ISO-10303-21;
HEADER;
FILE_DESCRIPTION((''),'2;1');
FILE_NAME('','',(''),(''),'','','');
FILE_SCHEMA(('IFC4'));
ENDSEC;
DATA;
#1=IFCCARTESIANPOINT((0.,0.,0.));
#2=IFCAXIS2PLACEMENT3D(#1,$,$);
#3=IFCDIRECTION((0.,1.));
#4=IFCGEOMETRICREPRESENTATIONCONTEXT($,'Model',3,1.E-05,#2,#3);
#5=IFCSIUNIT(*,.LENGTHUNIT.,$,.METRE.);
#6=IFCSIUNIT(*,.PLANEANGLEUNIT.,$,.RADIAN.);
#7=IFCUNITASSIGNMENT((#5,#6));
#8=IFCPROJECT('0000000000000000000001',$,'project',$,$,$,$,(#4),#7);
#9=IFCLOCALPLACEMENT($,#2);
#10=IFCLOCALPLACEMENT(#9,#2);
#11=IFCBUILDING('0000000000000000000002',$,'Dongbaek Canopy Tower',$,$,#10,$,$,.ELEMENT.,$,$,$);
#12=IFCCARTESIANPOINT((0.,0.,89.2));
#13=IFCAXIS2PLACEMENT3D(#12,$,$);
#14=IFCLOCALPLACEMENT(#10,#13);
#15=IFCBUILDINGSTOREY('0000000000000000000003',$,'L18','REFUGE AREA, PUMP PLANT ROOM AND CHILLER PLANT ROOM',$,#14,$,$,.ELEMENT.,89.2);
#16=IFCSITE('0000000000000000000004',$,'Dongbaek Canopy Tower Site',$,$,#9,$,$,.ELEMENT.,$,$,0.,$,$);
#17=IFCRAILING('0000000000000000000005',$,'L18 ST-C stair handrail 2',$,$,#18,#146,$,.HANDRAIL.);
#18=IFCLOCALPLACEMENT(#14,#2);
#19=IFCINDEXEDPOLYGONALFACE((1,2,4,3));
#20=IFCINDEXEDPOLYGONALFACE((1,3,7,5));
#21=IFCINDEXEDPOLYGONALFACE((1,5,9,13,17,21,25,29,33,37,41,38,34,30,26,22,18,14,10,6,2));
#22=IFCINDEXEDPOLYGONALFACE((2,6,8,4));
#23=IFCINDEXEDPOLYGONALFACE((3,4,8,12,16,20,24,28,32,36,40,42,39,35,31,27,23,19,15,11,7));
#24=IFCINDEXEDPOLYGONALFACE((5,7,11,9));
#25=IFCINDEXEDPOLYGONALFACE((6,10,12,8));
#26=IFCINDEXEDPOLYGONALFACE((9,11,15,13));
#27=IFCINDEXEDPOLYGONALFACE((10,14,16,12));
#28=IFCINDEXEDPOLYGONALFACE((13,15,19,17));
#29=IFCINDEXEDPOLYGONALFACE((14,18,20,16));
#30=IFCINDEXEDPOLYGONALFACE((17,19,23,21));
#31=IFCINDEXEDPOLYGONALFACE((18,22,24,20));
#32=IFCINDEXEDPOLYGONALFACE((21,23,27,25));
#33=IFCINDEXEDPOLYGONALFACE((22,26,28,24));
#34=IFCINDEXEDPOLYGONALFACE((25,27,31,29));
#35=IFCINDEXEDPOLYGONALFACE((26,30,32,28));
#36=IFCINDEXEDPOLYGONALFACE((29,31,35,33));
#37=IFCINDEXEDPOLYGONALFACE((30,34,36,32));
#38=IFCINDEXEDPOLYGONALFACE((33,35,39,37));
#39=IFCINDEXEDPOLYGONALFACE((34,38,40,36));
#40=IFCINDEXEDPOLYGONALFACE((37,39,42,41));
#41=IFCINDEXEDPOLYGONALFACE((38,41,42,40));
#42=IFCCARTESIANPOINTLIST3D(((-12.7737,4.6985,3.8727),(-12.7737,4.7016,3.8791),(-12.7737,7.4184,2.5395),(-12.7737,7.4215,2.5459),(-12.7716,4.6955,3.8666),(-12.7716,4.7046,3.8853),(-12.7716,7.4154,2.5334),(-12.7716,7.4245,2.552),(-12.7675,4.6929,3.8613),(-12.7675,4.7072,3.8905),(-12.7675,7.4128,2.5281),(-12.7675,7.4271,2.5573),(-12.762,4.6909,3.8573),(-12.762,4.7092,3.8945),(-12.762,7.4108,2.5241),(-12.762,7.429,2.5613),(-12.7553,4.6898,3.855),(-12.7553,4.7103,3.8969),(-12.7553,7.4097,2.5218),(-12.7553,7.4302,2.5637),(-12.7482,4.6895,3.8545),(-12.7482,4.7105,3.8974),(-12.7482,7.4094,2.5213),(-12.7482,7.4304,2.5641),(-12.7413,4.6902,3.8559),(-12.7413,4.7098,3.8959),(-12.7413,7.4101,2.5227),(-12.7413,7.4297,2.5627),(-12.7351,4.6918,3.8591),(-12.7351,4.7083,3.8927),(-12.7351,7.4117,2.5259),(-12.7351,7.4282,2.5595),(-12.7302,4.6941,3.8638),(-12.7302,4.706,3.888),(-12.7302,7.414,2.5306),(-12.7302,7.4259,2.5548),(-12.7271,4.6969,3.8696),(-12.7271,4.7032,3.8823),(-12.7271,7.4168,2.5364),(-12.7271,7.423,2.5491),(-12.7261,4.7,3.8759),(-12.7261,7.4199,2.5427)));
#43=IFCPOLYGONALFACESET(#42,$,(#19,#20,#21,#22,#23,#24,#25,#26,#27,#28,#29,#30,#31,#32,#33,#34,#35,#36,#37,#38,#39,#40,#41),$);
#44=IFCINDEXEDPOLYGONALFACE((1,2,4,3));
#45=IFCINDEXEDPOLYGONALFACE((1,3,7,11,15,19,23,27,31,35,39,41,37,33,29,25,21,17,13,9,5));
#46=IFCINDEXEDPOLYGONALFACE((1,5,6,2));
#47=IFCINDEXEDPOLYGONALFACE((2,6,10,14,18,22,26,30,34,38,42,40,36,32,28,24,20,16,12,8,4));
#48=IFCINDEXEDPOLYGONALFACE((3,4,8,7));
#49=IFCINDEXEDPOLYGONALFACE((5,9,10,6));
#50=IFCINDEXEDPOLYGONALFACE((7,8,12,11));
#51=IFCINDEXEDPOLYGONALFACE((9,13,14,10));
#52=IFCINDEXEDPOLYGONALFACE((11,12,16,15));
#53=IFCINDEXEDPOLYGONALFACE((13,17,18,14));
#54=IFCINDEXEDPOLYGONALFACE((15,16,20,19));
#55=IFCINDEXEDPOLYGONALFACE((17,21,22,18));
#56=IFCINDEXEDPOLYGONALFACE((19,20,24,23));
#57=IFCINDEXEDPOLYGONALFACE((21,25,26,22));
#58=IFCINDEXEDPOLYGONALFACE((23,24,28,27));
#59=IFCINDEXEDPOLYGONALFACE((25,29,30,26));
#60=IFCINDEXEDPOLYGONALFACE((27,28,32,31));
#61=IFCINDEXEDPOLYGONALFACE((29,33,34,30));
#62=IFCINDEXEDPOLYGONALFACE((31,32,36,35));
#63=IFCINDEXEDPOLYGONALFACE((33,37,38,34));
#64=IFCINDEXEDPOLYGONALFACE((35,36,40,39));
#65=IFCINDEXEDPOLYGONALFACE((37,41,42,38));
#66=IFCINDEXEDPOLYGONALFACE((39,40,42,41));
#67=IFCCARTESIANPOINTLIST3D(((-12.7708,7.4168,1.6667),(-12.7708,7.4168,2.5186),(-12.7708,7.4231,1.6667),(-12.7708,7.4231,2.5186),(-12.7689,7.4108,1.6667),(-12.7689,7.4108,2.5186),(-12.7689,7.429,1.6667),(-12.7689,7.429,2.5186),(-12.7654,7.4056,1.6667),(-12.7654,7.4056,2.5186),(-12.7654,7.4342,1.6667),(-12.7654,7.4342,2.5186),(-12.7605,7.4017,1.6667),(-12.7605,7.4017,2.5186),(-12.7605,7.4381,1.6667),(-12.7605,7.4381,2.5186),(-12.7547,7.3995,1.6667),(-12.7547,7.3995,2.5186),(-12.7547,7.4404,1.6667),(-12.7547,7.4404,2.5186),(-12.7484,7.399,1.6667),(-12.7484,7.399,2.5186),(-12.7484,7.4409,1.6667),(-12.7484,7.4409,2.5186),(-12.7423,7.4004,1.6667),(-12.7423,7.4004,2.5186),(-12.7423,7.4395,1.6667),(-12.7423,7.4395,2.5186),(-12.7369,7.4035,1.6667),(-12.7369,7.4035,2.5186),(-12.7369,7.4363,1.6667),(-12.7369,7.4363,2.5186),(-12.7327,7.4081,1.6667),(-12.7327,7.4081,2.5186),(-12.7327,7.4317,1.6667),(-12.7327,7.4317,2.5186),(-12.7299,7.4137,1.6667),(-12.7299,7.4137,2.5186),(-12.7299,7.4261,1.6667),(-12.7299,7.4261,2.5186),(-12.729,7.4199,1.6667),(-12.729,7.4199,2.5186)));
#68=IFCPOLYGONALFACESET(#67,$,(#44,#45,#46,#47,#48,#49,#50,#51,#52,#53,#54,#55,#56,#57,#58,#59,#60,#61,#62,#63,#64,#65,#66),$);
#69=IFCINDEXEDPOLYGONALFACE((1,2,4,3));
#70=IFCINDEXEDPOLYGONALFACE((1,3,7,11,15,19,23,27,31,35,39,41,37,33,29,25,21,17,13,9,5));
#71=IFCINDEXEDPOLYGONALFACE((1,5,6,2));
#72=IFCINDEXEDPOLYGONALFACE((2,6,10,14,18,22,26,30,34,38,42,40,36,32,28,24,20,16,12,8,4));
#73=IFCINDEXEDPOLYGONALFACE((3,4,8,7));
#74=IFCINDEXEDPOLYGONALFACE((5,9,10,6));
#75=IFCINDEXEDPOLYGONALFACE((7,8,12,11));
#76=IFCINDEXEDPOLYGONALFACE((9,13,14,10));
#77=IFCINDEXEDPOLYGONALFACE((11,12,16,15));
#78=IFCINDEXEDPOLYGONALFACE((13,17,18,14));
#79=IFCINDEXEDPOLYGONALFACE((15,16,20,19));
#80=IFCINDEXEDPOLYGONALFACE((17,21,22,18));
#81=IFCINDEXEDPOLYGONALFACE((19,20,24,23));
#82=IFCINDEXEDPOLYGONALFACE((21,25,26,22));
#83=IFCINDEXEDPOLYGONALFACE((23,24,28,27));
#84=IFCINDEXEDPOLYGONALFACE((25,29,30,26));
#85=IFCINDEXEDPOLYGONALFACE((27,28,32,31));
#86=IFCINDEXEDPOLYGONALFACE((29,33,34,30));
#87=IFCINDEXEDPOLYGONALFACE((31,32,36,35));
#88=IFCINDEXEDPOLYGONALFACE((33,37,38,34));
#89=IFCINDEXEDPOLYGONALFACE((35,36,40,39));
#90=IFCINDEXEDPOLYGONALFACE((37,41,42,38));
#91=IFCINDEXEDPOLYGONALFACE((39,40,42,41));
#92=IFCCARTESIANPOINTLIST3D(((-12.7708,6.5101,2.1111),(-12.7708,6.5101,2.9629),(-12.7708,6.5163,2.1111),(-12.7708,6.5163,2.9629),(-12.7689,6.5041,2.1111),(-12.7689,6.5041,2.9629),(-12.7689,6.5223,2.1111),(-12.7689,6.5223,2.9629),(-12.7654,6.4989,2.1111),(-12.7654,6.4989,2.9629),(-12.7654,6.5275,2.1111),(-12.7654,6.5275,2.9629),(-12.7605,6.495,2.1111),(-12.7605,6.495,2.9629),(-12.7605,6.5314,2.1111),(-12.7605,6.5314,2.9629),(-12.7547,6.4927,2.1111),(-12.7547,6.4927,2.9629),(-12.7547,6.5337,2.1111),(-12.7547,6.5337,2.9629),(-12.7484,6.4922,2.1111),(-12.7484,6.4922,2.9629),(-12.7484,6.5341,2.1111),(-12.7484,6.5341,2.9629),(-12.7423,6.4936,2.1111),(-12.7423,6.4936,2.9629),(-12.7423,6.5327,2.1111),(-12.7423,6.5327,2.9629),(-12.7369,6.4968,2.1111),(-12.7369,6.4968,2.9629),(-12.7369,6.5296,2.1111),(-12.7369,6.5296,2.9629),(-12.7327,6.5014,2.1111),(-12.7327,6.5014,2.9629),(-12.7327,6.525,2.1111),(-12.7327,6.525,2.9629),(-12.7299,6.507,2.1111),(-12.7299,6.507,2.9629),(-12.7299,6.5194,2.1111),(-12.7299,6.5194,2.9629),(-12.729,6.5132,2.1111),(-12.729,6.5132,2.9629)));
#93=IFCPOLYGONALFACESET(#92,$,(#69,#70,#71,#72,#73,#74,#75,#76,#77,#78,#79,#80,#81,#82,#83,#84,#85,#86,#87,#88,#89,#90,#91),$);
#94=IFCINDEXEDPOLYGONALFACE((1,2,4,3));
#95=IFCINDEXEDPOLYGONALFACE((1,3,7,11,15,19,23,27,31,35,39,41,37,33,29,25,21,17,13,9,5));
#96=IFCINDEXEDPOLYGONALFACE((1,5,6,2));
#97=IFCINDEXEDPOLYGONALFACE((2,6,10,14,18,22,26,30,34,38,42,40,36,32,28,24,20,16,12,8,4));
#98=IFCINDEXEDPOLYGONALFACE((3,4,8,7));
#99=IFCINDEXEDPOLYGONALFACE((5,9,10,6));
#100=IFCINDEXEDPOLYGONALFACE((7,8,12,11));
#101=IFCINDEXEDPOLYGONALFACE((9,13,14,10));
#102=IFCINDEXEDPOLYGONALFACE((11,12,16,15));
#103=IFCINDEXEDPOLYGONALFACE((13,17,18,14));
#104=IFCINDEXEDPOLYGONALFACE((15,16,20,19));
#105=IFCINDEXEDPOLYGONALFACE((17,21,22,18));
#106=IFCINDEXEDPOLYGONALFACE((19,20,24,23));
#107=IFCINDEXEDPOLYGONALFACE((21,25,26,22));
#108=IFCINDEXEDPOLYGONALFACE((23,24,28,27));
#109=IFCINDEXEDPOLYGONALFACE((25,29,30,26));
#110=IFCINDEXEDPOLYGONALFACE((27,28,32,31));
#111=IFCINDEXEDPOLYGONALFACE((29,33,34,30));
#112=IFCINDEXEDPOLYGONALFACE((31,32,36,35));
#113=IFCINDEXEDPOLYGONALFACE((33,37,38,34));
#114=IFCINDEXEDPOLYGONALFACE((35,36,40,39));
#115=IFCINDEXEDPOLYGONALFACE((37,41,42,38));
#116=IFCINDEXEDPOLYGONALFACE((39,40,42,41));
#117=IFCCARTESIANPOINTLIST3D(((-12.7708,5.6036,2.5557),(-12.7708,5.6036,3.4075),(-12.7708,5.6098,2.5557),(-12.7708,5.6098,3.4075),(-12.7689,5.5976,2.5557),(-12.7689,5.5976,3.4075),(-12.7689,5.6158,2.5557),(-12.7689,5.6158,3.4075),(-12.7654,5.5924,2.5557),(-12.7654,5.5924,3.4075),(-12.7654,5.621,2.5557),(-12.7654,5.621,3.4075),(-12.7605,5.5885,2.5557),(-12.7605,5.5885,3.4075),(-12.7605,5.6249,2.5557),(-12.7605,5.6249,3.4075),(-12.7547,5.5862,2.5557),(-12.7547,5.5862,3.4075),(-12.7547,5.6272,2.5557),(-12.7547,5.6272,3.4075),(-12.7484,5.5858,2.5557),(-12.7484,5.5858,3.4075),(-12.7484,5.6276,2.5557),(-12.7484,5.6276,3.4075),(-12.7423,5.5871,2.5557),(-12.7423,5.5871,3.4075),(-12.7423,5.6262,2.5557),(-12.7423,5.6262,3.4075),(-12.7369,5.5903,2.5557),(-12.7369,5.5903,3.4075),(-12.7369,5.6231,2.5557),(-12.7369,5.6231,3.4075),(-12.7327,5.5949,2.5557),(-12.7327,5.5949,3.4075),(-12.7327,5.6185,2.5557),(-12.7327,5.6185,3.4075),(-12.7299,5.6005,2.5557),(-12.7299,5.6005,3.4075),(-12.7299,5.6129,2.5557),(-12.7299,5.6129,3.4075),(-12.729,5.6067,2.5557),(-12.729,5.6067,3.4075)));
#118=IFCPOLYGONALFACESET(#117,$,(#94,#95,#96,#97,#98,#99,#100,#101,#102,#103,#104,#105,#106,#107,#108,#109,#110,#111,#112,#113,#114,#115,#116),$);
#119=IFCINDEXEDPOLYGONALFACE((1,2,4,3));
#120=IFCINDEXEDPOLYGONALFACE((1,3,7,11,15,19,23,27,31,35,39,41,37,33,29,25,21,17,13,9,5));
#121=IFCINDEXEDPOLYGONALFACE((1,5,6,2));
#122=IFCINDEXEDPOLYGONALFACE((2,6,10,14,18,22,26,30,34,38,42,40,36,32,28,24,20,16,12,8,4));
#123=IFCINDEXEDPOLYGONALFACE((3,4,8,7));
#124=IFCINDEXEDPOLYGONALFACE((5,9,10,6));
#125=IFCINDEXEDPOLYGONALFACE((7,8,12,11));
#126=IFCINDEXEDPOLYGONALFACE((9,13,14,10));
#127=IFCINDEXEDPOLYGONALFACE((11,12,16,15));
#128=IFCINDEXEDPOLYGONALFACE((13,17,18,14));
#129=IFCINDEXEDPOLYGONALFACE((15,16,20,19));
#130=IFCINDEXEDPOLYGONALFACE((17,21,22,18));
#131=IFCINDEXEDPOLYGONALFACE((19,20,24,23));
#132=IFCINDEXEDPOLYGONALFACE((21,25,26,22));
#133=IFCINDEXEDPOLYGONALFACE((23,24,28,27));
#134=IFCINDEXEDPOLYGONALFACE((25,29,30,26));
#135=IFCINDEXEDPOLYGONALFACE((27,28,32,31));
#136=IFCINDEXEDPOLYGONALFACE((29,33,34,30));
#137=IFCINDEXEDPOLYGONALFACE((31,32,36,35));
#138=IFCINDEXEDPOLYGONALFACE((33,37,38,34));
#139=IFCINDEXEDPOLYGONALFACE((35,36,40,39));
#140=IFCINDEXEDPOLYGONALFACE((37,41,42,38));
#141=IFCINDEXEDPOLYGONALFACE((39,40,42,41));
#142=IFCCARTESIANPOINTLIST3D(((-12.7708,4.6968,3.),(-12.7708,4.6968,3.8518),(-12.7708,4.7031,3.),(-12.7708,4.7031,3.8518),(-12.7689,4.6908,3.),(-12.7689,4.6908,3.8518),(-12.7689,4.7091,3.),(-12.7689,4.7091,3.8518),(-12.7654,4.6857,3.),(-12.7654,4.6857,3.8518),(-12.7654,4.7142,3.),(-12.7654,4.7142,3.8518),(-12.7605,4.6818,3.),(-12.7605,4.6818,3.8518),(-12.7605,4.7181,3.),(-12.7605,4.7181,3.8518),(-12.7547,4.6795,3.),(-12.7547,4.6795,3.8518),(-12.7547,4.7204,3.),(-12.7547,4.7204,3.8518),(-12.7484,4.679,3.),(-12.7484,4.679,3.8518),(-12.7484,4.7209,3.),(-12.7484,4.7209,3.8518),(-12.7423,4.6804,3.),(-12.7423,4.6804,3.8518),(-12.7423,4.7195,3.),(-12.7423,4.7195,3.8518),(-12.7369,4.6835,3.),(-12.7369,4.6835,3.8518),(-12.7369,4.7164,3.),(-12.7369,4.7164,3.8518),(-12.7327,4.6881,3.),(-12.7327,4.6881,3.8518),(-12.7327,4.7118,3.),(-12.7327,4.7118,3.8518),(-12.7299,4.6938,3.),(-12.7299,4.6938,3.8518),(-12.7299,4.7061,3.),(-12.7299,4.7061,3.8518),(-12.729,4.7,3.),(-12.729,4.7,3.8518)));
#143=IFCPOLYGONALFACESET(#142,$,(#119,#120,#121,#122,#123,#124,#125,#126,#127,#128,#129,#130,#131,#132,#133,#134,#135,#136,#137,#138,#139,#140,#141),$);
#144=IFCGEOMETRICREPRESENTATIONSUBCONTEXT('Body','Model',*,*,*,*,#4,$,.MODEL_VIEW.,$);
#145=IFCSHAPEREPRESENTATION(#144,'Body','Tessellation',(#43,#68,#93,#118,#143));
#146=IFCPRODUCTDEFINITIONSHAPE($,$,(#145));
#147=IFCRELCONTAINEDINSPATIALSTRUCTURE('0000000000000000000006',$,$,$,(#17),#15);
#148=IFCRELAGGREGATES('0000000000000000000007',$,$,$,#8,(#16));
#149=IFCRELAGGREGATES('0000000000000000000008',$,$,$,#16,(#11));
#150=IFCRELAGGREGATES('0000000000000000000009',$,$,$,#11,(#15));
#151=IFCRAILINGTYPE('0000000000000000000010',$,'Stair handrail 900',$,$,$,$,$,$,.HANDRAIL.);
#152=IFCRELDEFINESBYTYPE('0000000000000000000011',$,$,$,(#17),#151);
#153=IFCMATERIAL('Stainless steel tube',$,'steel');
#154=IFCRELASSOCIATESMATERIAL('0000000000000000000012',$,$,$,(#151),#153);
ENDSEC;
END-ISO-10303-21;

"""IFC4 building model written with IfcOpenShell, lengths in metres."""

from ifc_helpers import new_model, si_unit, direction, frame, origin, origin_2d, place, context, subcontext, project, spatial, circle, extrude, material, type_object, element, save


model = new_model("IFC4")

# Units and contexts
model_context = context("Model", 3, precision=1e-05, world=origin(), true_north=direction((0.0, 1.0)))
body_context = subcontext(model_context, "Body", "Model", "MODEL_VIEW")
ifc_project = project(units=[si_unit("LENGTHUNIT", "METRE"), si_unit("PLANEANGLEUNIT", "RADIAN")], contexts=[model_context])

# Site, building, storey
site_placement = place(None, origin())
site = spatial("IfcSite", under=ifc_project, at=site_placement, Name="Dongbaek Canopy Tower Site", CompositionType="ELEMENT", RefElevation=0.0)
building_placement = place(site_placement, origin())
building = spatial("IfcBuilding", under=site, at=building_placement, Name="Dongbaek Canopy Tower", CompositionType="ELEMENT")
storey_placement = place(building_placement, frame((0.0, 0.0, 89.2)))
storey = spatial("IfcBuildingStorey", under=building, at=storey_placement, Name="L18", Description="REFUGE AREA, PUMP PLANT ROOM AND CHILLER PLANT ROOM", CompositionType="ELEMENT", Elevation=89.2)

# Railing
ifc_material_1 = material(Name="Stainless steel tube", Category="steel")
railing_type_1 = type_object("IfcRailingType", Name="Stair handrail 900", PredefinedType="HANDRAIL", material=ifc_material_1)
railing_1_placement = place(storey_placement, frame((-12.75, 7.4199, 1.6667)))
element("IfcRailing", 1, at=railing_1_placement, inside=storey, type_object=railing_type_1, Name="L18 ST-C stair handrail 2", PredefinedType="HANDRAIL", context=body_context, shape_type="SweptSolid", body=[
    extrude(circle(Radius=0.0239, at=origin_2d()), frame((0.0, 0.0, 0.876), z_axis=(0.0, -0.897929, 0.440139), x_axis=(1.0, 0.0, 0.0)), (0.0, 0.0, 1.0), 3.0291),
    extrude(circle(Radius=0.021, at=origin_2d()), origin(), (0.0, 0.0, 1.0), 0.8518),
    extrude(circle(Radius=0.021, at=origin_2d()), frame((0.0, -0.9067, 0.4443)), (0.0, 0.0, 1.0), 0.8518),
    extrude(circle(Radius=0.021, at=origin_2d()), frame((0.0, -1.8132, 0.8889)), (0.0, 0.0, 1.0), 0.8518),
    extrude(circle(Radius=0.021, at=origin_2d()), frame((0.0, -2.72, 1.3333)), (0.0, 0.0, 1.0), 0.8518),
])

save(model, "model.ifc")
